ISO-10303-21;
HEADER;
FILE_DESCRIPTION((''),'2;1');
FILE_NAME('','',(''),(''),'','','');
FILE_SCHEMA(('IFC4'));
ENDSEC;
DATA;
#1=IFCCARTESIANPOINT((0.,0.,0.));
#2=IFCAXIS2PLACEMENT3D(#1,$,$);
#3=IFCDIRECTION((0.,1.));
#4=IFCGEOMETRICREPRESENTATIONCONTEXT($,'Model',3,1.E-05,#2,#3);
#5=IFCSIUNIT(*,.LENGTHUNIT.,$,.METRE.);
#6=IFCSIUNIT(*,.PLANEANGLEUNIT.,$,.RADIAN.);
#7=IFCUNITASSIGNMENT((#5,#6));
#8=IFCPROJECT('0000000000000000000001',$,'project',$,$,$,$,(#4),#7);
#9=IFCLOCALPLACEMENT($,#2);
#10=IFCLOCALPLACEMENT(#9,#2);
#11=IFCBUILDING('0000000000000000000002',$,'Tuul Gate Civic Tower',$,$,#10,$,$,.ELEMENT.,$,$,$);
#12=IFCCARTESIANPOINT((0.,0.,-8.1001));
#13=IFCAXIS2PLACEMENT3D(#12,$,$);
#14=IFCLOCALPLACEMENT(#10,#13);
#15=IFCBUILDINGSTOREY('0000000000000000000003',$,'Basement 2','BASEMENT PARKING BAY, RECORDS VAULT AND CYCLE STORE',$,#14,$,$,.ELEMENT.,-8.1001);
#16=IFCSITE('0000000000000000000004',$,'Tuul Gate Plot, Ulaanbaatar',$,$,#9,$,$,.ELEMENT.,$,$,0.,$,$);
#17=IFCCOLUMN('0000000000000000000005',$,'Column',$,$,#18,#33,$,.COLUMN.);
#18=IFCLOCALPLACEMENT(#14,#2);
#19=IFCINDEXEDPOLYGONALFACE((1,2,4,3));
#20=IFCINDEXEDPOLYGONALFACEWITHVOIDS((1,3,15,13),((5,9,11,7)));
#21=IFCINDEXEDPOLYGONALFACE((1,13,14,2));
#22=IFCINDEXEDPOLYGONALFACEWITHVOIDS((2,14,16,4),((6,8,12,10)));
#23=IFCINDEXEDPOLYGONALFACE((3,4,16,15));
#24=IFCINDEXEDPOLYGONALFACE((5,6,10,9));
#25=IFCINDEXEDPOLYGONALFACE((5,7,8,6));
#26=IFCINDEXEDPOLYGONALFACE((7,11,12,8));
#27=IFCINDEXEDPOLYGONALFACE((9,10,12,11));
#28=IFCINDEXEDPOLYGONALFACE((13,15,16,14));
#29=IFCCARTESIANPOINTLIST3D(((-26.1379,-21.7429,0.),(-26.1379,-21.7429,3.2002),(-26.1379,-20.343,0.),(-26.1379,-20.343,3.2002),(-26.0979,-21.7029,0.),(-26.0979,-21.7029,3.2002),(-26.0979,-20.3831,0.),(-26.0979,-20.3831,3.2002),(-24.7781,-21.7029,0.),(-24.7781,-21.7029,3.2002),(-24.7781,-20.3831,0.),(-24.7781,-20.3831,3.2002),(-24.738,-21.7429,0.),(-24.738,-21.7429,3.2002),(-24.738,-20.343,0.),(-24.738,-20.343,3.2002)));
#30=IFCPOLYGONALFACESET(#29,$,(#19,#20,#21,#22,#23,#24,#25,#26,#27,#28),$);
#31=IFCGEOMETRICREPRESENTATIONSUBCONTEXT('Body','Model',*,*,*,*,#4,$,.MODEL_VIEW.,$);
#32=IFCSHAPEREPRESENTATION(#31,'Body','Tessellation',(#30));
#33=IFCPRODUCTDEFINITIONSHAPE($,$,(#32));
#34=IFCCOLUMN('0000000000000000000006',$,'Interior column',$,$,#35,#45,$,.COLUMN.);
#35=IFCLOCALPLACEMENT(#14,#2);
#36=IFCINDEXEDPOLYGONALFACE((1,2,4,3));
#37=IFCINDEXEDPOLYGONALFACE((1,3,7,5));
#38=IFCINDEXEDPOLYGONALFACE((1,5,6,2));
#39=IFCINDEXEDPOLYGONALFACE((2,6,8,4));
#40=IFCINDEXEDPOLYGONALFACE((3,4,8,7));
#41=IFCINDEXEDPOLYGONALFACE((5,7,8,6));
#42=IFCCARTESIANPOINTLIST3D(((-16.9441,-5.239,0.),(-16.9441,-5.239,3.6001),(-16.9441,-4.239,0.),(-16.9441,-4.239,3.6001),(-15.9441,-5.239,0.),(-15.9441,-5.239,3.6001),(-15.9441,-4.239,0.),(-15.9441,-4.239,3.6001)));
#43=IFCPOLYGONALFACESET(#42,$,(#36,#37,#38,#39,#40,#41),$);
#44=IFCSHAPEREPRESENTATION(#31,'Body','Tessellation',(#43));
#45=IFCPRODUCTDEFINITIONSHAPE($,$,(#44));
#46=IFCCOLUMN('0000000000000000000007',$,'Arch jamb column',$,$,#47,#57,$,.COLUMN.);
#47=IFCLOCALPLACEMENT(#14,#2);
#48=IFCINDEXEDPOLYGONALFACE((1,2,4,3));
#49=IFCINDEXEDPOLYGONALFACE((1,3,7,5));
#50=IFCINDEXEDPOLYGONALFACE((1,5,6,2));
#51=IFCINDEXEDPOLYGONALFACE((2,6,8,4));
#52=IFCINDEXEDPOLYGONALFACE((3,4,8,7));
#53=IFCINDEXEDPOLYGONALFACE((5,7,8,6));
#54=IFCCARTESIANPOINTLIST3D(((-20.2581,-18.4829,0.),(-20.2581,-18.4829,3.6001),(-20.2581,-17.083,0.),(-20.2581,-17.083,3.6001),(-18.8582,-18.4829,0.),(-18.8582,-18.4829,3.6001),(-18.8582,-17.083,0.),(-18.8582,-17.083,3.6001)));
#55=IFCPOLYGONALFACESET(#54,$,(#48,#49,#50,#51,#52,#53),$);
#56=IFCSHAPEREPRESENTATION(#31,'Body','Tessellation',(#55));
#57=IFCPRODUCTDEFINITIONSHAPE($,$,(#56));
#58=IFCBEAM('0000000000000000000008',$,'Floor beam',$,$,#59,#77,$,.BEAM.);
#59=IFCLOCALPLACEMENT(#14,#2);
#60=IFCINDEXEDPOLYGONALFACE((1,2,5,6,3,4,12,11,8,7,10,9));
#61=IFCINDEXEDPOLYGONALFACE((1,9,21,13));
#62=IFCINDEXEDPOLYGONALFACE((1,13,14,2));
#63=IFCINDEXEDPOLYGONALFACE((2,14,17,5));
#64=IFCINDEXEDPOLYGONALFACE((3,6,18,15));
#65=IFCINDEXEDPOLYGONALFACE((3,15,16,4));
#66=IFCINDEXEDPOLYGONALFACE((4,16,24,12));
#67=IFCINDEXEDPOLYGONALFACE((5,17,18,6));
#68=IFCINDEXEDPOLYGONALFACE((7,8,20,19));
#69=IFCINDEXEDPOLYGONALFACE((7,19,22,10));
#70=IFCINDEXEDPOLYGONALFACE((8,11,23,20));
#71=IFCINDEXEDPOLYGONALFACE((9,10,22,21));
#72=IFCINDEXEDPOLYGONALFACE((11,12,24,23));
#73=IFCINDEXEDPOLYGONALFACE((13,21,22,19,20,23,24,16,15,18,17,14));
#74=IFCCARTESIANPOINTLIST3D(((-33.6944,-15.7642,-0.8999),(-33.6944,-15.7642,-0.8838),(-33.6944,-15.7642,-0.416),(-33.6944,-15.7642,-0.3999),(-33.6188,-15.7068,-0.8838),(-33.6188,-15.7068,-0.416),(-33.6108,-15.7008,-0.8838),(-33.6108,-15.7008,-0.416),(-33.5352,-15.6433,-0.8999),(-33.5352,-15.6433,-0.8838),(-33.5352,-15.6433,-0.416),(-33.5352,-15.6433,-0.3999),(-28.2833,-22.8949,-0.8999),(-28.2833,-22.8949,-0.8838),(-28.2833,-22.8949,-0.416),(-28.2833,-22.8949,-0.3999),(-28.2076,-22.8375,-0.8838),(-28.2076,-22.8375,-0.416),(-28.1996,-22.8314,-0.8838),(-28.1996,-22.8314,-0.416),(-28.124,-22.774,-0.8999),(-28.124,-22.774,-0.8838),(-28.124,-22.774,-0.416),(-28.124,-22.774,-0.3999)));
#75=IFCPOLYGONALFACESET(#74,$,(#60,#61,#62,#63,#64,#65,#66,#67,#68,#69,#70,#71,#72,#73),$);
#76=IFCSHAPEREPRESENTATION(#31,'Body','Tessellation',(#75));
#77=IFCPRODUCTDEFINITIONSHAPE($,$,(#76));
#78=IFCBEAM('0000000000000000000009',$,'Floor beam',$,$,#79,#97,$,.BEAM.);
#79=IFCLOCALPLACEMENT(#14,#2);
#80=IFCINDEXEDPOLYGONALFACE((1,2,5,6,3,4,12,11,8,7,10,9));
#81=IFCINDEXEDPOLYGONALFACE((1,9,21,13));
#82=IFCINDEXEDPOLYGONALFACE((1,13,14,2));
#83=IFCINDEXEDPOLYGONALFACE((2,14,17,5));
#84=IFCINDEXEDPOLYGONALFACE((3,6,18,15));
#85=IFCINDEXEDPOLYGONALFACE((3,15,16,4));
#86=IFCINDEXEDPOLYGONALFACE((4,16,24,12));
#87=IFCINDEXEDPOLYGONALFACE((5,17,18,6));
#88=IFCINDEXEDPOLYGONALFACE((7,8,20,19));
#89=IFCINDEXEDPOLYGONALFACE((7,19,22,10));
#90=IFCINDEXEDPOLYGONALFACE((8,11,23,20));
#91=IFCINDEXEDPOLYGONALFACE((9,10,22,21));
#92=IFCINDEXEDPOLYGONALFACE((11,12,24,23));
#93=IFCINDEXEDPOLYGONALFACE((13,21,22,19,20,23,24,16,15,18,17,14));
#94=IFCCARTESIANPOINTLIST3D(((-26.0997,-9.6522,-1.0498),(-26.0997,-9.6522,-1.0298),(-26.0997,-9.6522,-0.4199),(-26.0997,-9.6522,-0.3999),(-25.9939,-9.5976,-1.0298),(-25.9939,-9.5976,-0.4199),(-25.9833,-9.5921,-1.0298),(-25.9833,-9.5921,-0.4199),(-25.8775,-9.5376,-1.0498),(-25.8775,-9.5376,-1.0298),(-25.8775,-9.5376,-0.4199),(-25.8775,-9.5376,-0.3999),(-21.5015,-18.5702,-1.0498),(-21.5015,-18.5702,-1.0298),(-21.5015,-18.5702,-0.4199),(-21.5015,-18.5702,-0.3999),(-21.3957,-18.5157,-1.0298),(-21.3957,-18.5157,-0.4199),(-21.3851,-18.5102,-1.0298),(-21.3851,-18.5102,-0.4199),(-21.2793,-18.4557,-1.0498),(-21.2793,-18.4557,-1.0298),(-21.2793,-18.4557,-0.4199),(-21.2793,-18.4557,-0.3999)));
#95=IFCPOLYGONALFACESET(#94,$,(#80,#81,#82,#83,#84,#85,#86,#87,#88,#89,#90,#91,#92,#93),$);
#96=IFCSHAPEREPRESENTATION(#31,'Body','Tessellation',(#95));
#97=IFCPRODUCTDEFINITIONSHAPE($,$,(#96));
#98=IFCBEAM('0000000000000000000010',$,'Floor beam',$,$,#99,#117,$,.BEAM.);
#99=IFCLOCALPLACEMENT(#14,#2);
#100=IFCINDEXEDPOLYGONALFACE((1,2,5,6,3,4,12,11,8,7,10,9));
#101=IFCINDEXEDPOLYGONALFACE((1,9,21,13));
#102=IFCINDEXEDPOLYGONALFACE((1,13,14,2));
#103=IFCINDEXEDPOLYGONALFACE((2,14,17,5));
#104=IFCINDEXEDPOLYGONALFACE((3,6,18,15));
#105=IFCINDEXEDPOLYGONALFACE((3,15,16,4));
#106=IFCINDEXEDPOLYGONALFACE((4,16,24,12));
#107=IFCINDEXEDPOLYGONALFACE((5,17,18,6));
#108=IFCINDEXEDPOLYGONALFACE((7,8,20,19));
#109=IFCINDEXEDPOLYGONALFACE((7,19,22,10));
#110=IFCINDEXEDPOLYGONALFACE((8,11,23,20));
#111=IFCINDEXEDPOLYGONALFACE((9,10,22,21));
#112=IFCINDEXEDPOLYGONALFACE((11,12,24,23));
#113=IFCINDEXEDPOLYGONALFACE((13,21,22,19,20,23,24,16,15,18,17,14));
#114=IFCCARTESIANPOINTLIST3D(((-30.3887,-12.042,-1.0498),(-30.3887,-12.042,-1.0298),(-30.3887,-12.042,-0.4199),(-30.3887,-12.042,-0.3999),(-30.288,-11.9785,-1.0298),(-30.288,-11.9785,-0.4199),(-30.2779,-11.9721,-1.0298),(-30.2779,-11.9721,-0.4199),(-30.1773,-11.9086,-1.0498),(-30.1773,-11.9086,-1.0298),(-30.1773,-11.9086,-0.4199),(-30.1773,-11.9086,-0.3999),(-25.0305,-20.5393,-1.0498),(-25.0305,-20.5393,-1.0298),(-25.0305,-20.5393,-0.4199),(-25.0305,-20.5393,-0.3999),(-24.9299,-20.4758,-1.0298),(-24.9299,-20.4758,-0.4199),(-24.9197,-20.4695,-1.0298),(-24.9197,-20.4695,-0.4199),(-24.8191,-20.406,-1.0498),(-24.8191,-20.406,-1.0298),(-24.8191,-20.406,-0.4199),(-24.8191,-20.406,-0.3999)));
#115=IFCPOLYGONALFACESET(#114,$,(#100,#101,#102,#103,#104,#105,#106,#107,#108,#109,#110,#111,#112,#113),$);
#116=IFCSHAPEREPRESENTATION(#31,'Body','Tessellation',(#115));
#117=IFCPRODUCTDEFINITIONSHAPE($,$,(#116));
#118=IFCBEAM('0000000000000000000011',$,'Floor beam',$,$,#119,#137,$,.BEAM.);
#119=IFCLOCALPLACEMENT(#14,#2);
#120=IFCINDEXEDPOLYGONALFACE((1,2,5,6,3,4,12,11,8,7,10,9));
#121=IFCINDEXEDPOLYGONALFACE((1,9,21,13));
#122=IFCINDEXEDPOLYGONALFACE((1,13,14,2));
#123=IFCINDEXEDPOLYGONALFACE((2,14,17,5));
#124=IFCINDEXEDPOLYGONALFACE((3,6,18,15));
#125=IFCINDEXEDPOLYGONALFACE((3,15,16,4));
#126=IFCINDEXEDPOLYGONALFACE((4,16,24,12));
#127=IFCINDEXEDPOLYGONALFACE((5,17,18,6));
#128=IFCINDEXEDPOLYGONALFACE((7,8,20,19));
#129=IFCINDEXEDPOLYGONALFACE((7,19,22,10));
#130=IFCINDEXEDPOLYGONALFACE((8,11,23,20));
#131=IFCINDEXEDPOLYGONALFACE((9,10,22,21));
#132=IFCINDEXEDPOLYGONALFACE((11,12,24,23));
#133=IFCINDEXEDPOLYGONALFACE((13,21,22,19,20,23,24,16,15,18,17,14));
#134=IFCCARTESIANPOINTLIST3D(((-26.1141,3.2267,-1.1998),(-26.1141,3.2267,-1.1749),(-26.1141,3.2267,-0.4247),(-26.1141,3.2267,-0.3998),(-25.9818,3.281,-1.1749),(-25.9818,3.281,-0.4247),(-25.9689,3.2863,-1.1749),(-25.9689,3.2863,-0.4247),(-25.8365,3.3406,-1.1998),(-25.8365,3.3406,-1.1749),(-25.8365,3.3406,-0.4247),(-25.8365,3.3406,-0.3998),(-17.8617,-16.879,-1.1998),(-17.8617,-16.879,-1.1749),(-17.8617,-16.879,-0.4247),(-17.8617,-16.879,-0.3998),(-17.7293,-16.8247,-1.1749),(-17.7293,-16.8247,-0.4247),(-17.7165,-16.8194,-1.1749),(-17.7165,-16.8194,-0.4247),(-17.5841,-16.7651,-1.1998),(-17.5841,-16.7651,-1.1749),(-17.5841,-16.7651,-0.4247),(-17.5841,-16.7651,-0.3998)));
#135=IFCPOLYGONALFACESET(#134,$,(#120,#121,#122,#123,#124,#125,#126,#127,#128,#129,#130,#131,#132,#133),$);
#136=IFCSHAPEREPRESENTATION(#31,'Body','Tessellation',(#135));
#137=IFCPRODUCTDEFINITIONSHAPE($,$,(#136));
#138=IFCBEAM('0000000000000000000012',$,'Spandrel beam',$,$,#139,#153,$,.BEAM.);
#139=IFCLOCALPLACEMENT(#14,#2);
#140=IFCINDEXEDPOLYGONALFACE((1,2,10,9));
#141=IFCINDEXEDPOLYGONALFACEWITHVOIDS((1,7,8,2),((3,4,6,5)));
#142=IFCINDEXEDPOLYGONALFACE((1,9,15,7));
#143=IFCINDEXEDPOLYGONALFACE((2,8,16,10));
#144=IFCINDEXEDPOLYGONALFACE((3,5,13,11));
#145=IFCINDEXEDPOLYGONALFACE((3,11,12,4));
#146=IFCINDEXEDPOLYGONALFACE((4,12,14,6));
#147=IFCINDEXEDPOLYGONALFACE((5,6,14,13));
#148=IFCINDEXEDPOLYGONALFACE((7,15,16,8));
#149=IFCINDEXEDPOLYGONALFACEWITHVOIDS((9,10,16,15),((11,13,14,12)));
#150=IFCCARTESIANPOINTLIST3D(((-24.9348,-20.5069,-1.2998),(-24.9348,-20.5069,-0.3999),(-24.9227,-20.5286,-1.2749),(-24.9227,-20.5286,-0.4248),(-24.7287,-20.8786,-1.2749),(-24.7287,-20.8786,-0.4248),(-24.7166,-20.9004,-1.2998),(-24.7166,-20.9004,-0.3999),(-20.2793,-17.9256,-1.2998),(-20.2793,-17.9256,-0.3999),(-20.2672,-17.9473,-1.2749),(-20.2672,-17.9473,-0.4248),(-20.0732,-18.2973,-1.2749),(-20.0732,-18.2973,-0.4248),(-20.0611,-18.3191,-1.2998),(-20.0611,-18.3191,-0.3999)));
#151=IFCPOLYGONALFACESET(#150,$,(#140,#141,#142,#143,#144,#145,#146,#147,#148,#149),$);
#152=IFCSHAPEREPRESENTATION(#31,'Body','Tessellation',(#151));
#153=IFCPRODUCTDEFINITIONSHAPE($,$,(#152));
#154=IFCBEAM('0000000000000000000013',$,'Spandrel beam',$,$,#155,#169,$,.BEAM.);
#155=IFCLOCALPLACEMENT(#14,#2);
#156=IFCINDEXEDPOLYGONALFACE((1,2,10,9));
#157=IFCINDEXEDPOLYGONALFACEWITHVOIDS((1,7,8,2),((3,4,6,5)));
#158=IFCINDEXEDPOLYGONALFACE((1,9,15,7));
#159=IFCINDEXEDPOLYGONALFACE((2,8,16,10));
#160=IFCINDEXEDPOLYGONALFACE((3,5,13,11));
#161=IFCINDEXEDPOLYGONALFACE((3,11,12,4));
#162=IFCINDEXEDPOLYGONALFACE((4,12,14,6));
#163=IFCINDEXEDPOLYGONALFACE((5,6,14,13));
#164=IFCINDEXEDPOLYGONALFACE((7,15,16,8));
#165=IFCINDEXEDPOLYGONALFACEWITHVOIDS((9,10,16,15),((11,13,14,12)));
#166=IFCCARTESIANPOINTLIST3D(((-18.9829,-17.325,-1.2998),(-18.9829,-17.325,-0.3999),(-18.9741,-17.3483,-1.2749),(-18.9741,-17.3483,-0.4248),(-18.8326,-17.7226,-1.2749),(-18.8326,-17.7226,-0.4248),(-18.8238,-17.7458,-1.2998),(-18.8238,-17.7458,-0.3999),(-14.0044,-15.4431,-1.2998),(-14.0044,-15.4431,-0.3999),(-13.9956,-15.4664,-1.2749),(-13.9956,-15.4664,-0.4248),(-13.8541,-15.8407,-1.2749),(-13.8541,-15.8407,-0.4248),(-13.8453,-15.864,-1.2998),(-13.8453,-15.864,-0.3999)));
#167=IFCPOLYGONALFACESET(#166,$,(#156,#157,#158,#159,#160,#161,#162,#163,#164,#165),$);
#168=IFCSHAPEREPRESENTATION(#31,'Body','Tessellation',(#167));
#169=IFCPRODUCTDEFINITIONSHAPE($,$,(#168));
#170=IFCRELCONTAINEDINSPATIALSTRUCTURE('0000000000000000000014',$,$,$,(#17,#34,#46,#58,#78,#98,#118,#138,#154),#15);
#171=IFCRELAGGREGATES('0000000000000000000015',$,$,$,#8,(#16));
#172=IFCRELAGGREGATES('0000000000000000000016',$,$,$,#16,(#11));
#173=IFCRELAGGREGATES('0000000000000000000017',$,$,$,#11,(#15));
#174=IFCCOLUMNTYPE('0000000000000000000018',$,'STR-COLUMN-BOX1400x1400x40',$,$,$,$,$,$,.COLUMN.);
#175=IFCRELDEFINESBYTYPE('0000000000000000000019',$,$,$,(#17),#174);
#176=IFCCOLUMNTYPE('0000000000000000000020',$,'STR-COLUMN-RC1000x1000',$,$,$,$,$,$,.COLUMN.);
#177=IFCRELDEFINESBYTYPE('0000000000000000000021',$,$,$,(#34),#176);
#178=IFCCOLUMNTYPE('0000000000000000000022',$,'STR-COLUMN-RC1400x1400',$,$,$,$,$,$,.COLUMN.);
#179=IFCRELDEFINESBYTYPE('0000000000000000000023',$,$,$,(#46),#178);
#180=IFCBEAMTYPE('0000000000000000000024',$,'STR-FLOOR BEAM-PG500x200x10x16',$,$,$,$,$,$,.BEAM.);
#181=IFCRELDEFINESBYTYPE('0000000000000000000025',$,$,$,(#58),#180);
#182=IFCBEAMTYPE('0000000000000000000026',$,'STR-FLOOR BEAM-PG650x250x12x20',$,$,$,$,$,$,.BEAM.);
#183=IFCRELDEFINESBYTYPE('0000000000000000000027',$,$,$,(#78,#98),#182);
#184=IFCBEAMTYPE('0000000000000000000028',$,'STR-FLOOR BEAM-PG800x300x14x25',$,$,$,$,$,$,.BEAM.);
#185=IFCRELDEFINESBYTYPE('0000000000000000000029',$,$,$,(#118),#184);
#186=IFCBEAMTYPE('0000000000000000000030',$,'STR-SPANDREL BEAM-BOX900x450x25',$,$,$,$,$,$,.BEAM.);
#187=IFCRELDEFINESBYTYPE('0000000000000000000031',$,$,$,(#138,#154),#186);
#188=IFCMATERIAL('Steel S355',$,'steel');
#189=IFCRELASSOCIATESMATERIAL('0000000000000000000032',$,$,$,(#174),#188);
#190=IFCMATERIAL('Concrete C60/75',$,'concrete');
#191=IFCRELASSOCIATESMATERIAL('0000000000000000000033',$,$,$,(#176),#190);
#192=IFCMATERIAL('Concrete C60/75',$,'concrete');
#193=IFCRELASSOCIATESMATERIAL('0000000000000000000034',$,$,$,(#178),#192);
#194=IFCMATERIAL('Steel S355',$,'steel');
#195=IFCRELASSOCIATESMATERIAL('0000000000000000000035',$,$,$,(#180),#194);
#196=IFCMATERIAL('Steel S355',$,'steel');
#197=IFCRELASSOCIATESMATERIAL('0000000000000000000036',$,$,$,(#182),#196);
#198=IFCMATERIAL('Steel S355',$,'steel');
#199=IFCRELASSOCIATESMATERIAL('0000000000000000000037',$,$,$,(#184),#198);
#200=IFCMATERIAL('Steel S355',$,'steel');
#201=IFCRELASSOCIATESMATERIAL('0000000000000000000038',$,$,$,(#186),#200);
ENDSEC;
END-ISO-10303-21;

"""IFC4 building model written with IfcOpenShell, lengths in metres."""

from ifc_helpers import new_model, si_unit, direction, frame, origin, origin_2d, place, context, subcontext, project, spatial, rectangle, hollow_rectangle, i_section, extrude, material, material_profile, profile_set, type_object, element, save


model = new_model("IFC4")

# Units and contexts
model_context = context("Model", 3, precision=1e-05, world=origin(), true_north=direction((0.0, 1.0)))
body_context = subcontext(model_context, "Body", "Model", "MODEL_VIEW")
ifc_project = project(units=[si_unit("LENGTHUNIT", "METRE"), si_unit("PLANEANGLEUNIT", "RADIAN")], contexts=[model_context])

# Site, building, storey
site_placement = place(None, origin())
site = spatial("IfcSite", under=ifc_project, at=site_placement, Name="Tuul Gate Plot, Ulaanbaatar", CompositionType="ELEMENT", RefElevation=0.0)
building_placement = place(site_placement, origin())
building = spatial("IfcBuilding", under=site, at=building_placement, Name="Tuul Gate Civic Tower", CompositionType="ELEMENT")
storey_placement = place(building_placement, frame((0.0, 0.0, -8.1001)))
storey = spatial("IfcBuildingStorey", under=building, at=storey_placement, Name="Basement 2", Description="BASEMENT PARKING BAY, RECORDS VAULT AND CYCLE STORE", CompositionType="ELEMENT", Elevation=-8.1001)

# Columns
ifc_material_1 = material(Name="Steel S355", Category="steel")
ifc_material_profile_1 = material_profile(ifc_material_1, hollow_rectangle(XDim=1.3999, YDim=1.3999, WallThickness=0.04, at=origin_2d()), Name="BOX1400x1400x40")
ifc_profile_set_1 = profile_set([ifc_material_profile_1], Name="Steel S355")
column_type_1 = type_object("IfcColumnType", Name="STR-COLUMN-BOX1400x1400x40", PredefinedType="COLUMN", material=ifc_profile_set_1)
column_1_placement = place(storey_placement, frame((-25.438, -21.043, 0.0), z_axis=(0.0, 0.0, 1.0), x_axis=(1.0, 0.0, 0.0)))
element("IfcColumn", 1, at=column_1_placement, inside=storey, type_object=column_type_1, Name="Column", PredefinedType="COLUMN", context=body_context, shape_type="SweptSolid", body=[
    extrude(hollow_rectangle(XDim=1.3999, YDim=1.3999, WallThickness=0.04, at=origin_2d()), origin(), (0.0, 0.0, 1.0), 3.2002),
])
ifc_material_2 = material(Name="Concrete C60/75", Category="concrete")
ifc_material_profile_2 = material_profile(ifc_material_2, rectangle(XDim=1.0, YDim=1.0, at=origin_2d()), Name="RC1000x1000")
ifc_profile_set_2 = profile_set([ifc_material_profile_2], Name="Concrete C60/75")
column_type_2 = type_object("IfcColumnType", Name="STR-COLUMN-RC1000x1000", PredefinedType="COLUMN", material=ifc_profile_set_2)
column_2_placement = place(storey_placement, frame((-16.4441, -4.739, 0.0), z_axis=(0.0, 0.0, 1.0), x_axis=(1.0, 0.0, 0.0)))
element("IfcColumn", 2, at=column_2_placement, inside=storey, type_object=column_type_2, Name="Interior column", PredefinedType="COLUMN", context=body_context, shape_type="SweptSolid", body=[
    extrude(rectangle(XDim=1.0, YDim=1.0, at=origin_2d()), origin(), (0.0, 0.0, 1.0), 3.6001),
])
ifc_material_3 = material(Name="Concrete C60/75", Category="concrete")
ifc_material_profile_3 = material_profile(ifc_material_3, rectangle(XDim=1.3999, YDim=1.3999, at=origin_2d()), Name="RC1400x1400")
ifc_profile_set_3 = profile_set([ifc_material_profile_3], Name="Concrete C60/75")
column_type_3 = type_object("IfcColumnType", Name="STR-COLUMN-RC1400x1400", PredefinedType="COLUMN", material=ifc_profile_set_3)
column_3_placement = place(storey_placement, frame((-19.5581, -17.783, 0.0), z_axis=(0.0, 0.0, 1.0), x_axis=(1.0, 0.0, 0.0)))
element("IfcColumn", 3, at=column_3_placement, inside=storey, type_object=column_type_3, Name="Arch jamb column", PredefinedType="COLUMN", context=body_context, shape_type="SweptSolid", body=[
    extrude(rectangle(XDim=1.3999, YDim=1.3999, at=origin_2d()), origin(), (0.0, 0.0, 1.0), 3.6001),
])

# Beams
ifc_material_4 = material(Name="Steel S355", Category="steel")
ifc_material_profile_4 = material_profile(ifc_material_4, i_section(OverallWidth=0.2, OverallDepth=0.5, WebThickness=0.01, FlangeThickness=0.0161, at=origin_2d()), Name="PG500x200x10x16")
ifc_profile_set_4 = profile_set([ifc_material_profile_4], Name="Steel S355")
beam_type_1 = type_object("IfcBeamType", Name="STR-FLOOR BEAM-PG500x200x10x16", PredefinedType="BEAM", material=ifc_profile_set_4)
beam_1_placement = place(storey_placement, frame((-28.2036, -22.8345, -0.6499), z_axis=(-0.604507, 0.7966, 0.0), x_axis=(-0.7966, -0.604507, 0.0)))
element("IfcBeam", 4, at=beam_1_placement, inside=storey, type_object=beam_type_1, Name="Floor beam", PredefinedType="BEAM", context=body_context, shape_type="SweptSolid", body=[
    extrude(i_section(OverallWidth=0.2, OverallDepth=0.5, WebThickness=0.01, FlangeThickness=0.0161, at=origin_2d()), origin(), (0.0, 0.0, 1.0), 8.9514),
])
ifc_material_5 = material(Name="Steel S355", Category="steel")
ifc_material_profile_5 = material_profile(ifc_material_5, i_section(OverallWidth=0.25, OverallDepth=0.6499, WebThickness=0.012, FlangeThickness=0.02, at=origin_2d()), Name="PG650x250x12x20")
ifc_profile_set_5 = profile_set([ifc_material_profile_5], Name="Steel S355")
beam_type_2 = type_object("IfcBeamType", Name="STR-FLOOR BEAM-PG650x250x12x20", PredefinedType="BEAM", material=ifc_profile_set_5)
beam_2_placement = place(storey_placement, frame((-21.3904, -18.5129, -0.7249), z_axis=(-0.458275, 0.888811, 0.0), x_axis=(-0.888811, -0.458275, 0.0)))
element("IfcBeam", 5, at=beam_2_placement, inside=storey, type_object=beam_type_2, Name="Floor beam", PredefinedType="BEAM", context=body_context, shape_type="SweptSolid", body=[
    extrude(i_section(OverallWidth=0.25, OverallDepth=0.6499, WebThickness=0.012, FlangeThickness=0.02, at=origin_2d()), origin(), (0.0, 0.0, 1.0), 10.0337),
])
beam_3_placement = place(storey_placement, frame((-24.9248, -20.4727, -0.7249), z_axis=(-0.533383, 0.845874, 0.0), x_axis=(-0.845874, -0.533383, 0.0)))
element("IfcBeam", 6, at=beam_3_placement, inside=storey, type_object=beam_type_2, Name="Floor beam", PredefinedType="BEAM", context=body_context, shape_type="SweptSolid", body=[
    extrude(i_section(OverallWidth=0.25, OverallDepth=0.6499, WebThickness=0.012, FlangeThickness=0.02, at=origin_2d()), origin(), (0.0, 0.0, 1.0), 10.0457),
])
ifc_material_6 = material(Name="Steel S355", Category="steel")
ifc_material_profile_6 = material_profile(ifc_material_6, i_section(OverallWidth=0.3, OverallDepth=0.8, WebThickness=0.0139, FlangeThickness=0.0249, at=origin_2d()), Name="PG800x300x14x25")
ifc_profile_set_6 = profile_set([ifc_material_profile_6], Name="Steel S355")
beam_type_3 = type_object("IfcBeamType", Name="STR-FLOOR BEAM-PG800x300x14x25", PredefinedType="BEAM", material=ifc_profile_set_6)
beam_4_placement = place(storey_placement, frame((-17.7229, -16.822, -0.7998), z_axis=(-0.379712, 0.925105, 0.0), x_axis=(-0.925105, -0.379712, 0.0)))
element("IfcBeam", 7, at=beam_4_placement, inside=storey, type_object=beam_type_3, Name="Floor beam", PredefinedType="BEAM", context=body_context, shape_type="SweptSolid", body=[
    extrude(i_section(OverallWidth=0.3, OverallDepth=0.8, WebThickness=0.0139, FlangeThickness=0.0249, at=origin_2d()), origin(), (0.0, 0.0, 1.0), 21.7334),
])
ifc_material_7 = material(Name="Steel S355", Category="steel")
ifc_material_profile_7 = material_profile(ifc_material_7, hollow_rectangle(XDim=0.45, YDim=0.8999, WallThickness=0.0249, at=origin_2d()), Name="BOX900x450x25")
ifc_profile_set_7 = profile_set([ifc_material_profile_7], Name="Steel S355")
beam_type_4 = type_object("IfcBeamType", Name="STR-SPANDREL BEAM-BOX900x450x25", PredefinedType="BEAM", material=ifc_profile_set_7)
beam_5_placement = place(storey_placement, frame((-24.8257, -20.7036, -0.8499), z_axis=(0.874564, 0.484911, 0.0), x_axis=(-0.484911, 0.874564, 0.0)))
element("IfcBeam", 8, at=beam_5_placement, inside=storey, type_object=beam_type_4, Name="Spandrel beam", PredefinedType="BEAM", context=body_context, shape_type="SweptSolid", body=[
    extrude(hollow_rectangle(XDim=0.45, YDim=0.8999, WallThickness=0.0249, at=origin_2d()), origin(), (0.0, 0.0, 1.0), 5.3232),
])
beam_6_placement = place(storey_placement, frame((-18.9033, -17.5354, -0.8499), z_axis=(0.935406, 0.353575, 0.0), x_axis=(-0.353575, 0.935406, 0.0)))
element("IfcBeam", 9, at=beam_6_placement, inside=storey, type_object=beam_type_4, Name="Spandrel beam", PredefinedType="BEAM", context=body_context, shape_type="SweptSolid", body=[
    extrude(hollow_rectangle(XDim=0.45, YDim=0.8999, WallThickness=0.0249, at=origin_2d()), origin(), (0.0, 0.0, 1.0), 5.3223),
])

save(model, "model.ifc")
